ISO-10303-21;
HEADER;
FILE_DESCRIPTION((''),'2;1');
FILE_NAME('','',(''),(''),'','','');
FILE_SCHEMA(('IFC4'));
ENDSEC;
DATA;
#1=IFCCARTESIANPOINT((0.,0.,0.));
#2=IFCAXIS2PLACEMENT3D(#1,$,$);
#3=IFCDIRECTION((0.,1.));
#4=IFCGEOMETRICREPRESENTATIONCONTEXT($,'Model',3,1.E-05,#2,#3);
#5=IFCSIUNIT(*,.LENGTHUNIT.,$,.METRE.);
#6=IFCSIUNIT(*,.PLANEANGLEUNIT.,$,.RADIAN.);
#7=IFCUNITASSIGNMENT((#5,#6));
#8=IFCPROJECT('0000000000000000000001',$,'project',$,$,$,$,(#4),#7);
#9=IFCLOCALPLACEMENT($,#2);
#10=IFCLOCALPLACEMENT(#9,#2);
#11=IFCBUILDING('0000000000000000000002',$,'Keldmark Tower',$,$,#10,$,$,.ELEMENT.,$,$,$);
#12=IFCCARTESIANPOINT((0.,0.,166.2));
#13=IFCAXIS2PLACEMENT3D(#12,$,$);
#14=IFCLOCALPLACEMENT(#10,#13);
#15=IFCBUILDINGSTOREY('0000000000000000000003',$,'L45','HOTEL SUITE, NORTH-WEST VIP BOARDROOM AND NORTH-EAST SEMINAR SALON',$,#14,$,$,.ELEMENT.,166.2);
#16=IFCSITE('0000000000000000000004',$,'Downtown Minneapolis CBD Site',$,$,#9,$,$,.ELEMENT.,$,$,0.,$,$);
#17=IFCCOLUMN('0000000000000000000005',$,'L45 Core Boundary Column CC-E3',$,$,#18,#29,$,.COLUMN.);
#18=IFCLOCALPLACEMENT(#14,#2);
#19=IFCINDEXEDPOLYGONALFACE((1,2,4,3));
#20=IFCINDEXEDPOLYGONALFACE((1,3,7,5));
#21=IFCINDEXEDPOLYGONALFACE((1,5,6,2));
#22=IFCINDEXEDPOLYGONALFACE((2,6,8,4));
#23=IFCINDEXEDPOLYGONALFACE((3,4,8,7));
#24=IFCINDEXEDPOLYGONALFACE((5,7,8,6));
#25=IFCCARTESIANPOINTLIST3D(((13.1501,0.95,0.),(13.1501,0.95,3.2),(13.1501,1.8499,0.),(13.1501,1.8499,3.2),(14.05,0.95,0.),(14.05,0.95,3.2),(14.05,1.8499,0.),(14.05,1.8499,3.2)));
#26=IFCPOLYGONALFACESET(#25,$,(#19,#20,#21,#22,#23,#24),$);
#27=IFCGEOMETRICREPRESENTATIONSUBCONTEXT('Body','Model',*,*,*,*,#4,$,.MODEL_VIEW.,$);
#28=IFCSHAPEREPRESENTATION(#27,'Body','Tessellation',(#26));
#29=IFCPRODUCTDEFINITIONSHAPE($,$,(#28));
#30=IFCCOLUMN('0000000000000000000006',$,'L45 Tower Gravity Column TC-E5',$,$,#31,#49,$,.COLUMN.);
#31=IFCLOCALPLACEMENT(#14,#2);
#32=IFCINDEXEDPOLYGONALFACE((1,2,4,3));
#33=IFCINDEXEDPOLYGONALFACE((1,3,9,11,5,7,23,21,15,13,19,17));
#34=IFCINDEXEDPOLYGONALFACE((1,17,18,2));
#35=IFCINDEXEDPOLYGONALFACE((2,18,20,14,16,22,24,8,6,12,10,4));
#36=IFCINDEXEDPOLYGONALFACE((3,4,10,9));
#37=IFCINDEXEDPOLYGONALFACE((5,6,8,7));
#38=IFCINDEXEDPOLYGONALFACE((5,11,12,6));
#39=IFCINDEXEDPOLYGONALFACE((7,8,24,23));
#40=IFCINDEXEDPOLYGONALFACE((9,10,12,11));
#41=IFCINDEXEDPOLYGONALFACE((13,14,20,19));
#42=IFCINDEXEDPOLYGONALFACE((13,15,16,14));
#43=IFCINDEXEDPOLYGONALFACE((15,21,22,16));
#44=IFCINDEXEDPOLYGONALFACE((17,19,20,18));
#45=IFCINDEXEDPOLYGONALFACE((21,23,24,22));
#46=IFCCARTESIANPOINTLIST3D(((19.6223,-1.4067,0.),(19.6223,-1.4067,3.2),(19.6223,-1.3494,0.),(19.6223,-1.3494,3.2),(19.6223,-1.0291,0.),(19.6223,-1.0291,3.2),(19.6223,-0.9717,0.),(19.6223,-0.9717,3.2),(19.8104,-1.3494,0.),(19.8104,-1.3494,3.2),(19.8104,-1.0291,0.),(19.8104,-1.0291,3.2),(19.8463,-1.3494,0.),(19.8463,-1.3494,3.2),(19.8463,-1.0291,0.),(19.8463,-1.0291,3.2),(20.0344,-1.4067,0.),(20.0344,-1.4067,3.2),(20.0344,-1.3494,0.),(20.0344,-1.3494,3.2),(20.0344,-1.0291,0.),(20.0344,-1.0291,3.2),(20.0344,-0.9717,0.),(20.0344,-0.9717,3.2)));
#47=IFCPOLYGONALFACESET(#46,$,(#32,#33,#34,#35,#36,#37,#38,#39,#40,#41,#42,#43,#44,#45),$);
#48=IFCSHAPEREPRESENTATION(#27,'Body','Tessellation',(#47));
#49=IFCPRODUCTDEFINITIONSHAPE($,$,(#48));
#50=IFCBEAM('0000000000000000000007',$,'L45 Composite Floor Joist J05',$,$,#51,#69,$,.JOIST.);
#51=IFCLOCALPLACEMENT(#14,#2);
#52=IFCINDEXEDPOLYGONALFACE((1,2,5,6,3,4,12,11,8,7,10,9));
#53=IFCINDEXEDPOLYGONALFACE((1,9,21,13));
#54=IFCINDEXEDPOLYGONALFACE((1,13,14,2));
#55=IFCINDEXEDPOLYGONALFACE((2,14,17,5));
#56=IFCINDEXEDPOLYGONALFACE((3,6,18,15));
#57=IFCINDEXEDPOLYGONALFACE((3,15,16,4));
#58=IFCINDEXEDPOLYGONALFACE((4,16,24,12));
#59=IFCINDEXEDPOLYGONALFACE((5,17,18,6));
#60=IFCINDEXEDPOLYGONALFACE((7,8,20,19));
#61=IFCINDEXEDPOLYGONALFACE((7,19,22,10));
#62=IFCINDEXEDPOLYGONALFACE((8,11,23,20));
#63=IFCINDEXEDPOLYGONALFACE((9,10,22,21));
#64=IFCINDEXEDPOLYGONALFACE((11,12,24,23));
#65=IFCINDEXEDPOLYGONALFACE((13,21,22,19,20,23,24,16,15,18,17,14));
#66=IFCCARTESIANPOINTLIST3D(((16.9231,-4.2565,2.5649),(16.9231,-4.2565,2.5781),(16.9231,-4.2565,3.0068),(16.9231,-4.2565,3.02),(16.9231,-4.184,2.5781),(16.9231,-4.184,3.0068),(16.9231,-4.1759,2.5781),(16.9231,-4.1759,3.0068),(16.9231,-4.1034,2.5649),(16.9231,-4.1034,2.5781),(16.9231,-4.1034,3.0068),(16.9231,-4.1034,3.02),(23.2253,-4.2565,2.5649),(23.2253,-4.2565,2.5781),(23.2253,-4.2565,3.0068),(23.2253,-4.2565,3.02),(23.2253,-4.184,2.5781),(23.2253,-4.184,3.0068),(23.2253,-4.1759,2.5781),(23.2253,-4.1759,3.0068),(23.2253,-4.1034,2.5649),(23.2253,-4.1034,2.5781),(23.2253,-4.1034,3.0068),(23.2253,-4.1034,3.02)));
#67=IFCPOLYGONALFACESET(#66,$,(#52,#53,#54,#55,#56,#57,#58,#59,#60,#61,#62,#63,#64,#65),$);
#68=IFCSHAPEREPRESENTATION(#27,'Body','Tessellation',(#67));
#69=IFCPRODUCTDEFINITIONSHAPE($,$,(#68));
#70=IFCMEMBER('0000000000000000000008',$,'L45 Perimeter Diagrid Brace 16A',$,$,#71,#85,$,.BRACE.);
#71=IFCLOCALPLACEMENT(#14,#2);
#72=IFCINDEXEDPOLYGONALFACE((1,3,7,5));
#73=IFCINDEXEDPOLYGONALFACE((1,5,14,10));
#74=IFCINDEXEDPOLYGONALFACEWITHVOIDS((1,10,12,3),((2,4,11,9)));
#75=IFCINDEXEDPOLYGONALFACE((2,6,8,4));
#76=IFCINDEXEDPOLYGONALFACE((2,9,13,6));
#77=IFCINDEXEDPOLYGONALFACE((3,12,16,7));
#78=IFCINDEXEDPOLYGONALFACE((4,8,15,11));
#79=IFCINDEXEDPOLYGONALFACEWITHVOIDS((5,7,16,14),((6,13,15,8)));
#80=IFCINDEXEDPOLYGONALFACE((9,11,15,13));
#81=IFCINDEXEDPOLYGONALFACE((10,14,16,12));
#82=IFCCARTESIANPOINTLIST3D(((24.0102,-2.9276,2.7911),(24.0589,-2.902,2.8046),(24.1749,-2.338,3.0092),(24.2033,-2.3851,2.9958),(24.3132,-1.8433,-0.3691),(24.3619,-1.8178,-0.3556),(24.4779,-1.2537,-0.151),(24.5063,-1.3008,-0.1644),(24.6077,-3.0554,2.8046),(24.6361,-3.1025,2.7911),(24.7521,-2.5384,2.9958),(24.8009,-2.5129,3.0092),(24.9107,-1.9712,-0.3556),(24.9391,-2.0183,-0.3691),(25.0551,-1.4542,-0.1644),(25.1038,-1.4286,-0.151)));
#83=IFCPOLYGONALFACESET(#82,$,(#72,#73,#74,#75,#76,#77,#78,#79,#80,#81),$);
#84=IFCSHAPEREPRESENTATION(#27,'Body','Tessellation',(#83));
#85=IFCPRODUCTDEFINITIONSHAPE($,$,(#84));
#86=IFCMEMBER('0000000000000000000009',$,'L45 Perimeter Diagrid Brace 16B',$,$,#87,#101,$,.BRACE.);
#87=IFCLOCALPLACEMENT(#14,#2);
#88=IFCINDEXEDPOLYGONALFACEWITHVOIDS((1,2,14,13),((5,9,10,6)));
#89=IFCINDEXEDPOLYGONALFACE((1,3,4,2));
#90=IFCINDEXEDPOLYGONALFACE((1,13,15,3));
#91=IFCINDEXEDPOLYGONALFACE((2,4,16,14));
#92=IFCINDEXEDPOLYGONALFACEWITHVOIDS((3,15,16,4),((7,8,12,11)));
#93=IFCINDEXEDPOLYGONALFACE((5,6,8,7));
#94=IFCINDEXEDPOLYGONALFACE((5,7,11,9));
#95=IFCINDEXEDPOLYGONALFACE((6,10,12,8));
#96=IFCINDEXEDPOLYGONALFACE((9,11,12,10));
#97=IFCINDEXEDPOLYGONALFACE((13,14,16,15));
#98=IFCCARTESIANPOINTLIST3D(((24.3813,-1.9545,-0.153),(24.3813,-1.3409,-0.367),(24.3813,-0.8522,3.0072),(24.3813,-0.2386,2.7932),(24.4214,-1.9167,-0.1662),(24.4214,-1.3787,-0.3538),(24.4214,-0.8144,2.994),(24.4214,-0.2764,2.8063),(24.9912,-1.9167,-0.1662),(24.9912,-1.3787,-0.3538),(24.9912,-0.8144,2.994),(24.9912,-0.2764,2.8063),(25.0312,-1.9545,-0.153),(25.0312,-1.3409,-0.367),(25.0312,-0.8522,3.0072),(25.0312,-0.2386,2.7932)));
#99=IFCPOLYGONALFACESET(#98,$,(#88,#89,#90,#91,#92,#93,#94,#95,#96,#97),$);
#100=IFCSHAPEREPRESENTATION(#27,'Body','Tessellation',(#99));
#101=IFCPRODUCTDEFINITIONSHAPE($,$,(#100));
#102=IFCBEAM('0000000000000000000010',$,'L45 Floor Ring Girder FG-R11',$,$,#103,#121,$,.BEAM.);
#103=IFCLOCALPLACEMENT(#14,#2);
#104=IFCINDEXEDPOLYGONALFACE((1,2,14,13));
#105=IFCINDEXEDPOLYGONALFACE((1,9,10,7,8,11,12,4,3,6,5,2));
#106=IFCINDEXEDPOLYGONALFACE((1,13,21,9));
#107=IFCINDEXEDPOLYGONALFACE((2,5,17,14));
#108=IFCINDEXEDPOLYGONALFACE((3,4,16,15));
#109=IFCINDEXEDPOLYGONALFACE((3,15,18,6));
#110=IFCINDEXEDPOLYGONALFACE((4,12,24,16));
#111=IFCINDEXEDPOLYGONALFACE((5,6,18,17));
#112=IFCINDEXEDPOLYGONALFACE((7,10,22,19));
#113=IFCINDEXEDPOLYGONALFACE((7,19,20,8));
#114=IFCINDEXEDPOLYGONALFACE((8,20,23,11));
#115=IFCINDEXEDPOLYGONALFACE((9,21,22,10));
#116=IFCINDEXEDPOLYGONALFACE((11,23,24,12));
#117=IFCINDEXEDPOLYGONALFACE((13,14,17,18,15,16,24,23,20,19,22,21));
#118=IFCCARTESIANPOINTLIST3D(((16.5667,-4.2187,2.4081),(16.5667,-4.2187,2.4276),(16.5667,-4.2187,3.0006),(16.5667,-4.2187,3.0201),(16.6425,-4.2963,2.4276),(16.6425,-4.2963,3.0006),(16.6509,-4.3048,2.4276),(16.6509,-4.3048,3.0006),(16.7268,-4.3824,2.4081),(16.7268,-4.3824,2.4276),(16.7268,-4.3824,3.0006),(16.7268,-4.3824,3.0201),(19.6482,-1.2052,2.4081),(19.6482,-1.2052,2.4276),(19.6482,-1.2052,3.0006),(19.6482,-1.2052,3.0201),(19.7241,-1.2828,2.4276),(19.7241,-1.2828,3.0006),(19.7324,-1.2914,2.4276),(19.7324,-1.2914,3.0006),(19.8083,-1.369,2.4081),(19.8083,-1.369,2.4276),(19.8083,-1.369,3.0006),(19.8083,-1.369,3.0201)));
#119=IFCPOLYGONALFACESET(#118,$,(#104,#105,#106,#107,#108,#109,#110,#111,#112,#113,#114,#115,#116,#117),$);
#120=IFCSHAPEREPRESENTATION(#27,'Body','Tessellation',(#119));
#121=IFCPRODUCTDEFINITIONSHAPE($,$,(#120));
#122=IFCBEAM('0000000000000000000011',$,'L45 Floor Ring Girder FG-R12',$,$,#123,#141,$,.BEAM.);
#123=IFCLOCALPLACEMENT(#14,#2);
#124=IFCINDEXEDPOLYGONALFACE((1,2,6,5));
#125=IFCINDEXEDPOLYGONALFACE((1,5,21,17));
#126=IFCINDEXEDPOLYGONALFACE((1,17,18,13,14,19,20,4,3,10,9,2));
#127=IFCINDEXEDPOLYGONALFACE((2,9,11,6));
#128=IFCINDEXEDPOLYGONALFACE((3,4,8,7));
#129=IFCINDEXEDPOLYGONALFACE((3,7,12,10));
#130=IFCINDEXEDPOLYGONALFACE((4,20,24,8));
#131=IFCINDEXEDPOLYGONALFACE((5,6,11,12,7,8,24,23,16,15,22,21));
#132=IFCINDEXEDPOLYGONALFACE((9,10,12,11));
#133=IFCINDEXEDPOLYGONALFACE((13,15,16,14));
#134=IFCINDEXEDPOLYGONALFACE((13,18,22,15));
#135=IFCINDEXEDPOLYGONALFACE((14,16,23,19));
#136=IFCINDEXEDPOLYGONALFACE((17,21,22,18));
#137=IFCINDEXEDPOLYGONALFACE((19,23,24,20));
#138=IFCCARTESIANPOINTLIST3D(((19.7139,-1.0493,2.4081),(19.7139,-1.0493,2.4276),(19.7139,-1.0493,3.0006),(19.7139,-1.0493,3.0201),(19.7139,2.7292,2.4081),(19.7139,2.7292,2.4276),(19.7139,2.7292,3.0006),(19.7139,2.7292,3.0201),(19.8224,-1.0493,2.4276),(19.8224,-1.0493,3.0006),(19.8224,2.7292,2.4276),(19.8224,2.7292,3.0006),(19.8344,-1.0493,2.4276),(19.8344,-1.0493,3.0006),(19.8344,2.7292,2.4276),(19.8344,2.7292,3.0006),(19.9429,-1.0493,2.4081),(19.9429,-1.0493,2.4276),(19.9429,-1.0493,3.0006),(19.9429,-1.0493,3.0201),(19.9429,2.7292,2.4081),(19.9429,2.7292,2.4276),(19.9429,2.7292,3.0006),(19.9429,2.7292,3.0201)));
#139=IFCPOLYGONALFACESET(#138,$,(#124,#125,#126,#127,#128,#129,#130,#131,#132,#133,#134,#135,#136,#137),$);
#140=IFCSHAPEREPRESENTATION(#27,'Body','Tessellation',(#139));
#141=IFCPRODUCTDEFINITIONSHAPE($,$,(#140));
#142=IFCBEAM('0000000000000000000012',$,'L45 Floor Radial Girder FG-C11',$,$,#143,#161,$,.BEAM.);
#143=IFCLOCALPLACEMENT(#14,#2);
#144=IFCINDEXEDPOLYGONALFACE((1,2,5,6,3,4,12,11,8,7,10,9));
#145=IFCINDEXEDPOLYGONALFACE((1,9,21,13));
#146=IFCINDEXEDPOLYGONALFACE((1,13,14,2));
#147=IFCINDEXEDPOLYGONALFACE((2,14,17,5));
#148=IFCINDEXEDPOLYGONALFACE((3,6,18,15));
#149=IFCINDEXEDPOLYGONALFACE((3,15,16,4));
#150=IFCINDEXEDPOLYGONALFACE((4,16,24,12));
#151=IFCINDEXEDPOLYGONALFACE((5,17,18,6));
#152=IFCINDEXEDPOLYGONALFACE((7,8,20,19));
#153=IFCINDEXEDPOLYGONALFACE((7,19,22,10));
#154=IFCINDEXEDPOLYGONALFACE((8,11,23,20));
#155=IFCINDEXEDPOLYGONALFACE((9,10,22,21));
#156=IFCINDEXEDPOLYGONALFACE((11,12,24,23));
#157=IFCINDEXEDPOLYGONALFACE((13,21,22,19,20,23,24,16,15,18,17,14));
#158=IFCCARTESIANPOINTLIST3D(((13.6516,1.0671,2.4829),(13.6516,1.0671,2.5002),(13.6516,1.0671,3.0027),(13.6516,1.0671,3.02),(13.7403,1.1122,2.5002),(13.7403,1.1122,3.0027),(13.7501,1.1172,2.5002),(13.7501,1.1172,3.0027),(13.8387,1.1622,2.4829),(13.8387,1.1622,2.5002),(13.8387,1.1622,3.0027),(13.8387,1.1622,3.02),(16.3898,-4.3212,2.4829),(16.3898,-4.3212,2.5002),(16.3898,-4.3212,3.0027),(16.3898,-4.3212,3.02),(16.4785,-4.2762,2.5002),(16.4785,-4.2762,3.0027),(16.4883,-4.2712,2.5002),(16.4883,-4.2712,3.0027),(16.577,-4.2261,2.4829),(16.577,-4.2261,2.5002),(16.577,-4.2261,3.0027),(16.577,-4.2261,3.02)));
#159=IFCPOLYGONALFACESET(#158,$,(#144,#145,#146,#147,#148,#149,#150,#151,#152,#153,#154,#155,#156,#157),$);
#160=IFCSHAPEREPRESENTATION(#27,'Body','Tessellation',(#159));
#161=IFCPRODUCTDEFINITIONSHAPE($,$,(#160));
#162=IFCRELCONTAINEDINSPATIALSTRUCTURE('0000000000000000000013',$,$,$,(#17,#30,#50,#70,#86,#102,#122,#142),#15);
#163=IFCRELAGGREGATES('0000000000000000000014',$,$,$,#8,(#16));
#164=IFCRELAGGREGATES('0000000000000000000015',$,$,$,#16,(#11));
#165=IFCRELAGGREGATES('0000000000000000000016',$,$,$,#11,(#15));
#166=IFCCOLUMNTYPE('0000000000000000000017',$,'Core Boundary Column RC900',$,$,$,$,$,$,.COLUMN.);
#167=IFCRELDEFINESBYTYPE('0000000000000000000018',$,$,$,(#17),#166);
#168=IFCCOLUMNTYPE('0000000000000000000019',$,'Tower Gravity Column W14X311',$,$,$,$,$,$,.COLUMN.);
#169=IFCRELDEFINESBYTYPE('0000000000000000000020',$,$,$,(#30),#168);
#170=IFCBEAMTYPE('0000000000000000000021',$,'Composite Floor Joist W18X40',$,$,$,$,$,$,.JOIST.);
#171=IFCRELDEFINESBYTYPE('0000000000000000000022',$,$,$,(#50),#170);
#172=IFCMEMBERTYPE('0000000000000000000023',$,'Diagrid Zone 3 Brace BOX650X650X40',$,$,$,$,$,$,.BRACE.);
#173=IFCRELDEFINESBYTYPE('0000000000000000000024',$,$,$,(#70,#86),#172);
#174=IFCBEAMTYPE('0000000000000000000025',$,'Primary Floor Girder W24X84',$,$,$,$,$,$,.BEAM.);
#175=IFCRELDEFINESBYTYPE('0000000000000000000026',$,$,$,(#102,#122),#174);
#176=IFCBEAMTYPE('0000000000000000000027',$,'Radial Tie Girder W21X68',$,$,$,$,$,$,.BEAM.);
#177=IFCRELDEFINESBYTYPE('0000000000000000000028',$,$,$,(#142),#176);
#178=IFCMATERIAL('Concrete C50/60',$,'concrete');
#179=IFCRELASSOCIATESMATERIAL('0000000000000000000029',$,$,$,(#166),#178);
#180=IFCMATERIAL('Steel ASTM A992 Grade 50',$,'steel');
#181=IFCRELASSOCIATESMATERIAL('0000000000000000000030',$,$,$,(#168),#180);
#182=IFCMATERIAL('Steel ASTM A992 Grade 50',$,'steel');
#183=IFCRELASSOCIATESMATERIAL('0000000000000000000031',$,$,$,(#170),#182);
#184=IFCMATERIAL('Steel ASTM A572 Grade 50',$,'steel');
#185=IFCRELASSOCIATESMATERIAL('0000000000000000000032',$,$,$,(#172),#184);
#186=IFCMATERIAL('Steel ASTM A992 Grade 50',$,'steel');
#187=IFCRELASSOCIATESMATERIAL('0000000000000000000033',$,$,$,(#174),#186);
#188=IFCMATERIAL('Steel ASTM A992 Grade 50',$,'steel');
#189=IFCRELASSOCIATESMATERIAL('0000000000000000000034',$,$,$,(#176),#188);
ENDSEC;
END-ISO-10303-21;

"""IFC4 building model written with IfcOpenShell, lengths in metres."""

from ifc_helpers import new_model, si_unit, direction, frame, origin, origin_2d, place, context, subcontext, project, spatial, rectangle, hollow_rectangle, i_section, extrude, material, material_profile, profile_set, type_object, element, save


model = new_model("IFC4")

# Units and contexts
model_context = context("Model", 3, precision=1e-05, world=origin(), true_north=direction((0.0, 1.0)))
body_context = subcontext(model_context, "Body", "Model", "MODEL_VIEW")
ifc_project = project(units=[si_unit("LENGTHUNIT", "METRE"), si_unit("PLANEANGLEUNIT", "RADIAN")], contexts=[model_context])

# Site, building, storey
site_placement = place(None, origin())
site = spatial("IfcSite", under=ifc_project, at=site_placement, Name="Downtown Minneapolis CBD Site", CompositionType="ELEMENT", RefElevation=0.0)
building_placement = place(site_placement, origin())
building = spatial("IfcBuilding", under=site, at=building_placement, Name="Keldmark Tower", CompositionType="ELEMENT")
storey_placement = place(building_placement, frame((0.0, 0.0, 166.2)))
storey = spatial("IfcBuildingStorey", under=building, at=storey_placement, Name="L45", Description="HOTEL SUITE, NORTH-WEST VIP BOARDROOM AND NORTH-EAST SEMINAR SALON", CompositionType="ELEMENT", Elevation=166.2)

# Columns
ifc_material_1 = material(Name="Concrete C50/60", Category="concrete")
ifc_material_profile_1 = material_profile(ifc_material_1, rectangle(XDim=0.8999, YDim=0.8999, at=origin_2d()), Name="RC900X900")
ifc_profile_set_1 = profile_set([ifc_material_profile_1], Name="Concrete C50/60")
column_type_1 = type_object("IfcColumnType", Name="Core Boundary Column RC900", PredefinedType="COLUMN", material=ifc_profile_set_1)
column_1_placement = place(storey_placement, frame((13.6001, 1.3999, 0.0), z_axis=(0.0, 0.0, 1.0), x_axis=(1.0, 0.0, 0.0)))
element("IfcColumn", 1, at=column_1_placement, inside=storey, type_object=column_type_1, Name="L45 Core Boundary Column CC-E3", PredefinedType="COLUMN", context=body_context, shape_type="SweptSolid", body=[
    extrude(rectangle(XDim=0.8999, YDim=0.8999, at=origin_2d()), origin(), (0.0, 0.0, 1.0), 3.2),
])
ifc_material_2 = material(Name="Steel ASTM A992 Grade 50", Category="steel")
ifc_material_profile_2 = material_profile(ifc_material_2, i_section(OverallWidth=0.4121, OverallDepth=0.4351, WebThickness=0.0359, FlangeThickness=0.0574, at=origin_2d()), Name="W14X311")
ifc_profile_set_2 = profile_set([ifc_material_profile_2], Name="Steel ASTM A992 Grade 50")
column_type_2 = type_object("IfcColumnType", Name="Tower Gravity Column W14X311", PredefinedType="COLUMN", material=ifc_profile_set_2)
column_2_placement = place(storey_placement, frame((19.8284, -1.1892, 0.0), z_axis=(0.0, 0.0, 1.0), x_axis=(1.0, 0.0, 0.0)))
element("IfcColumn", 2, at=column_2_placement, inside=storey, type_object=column_type_2, Name="L45 Tower Gravity Column TC-E5", PredefinedType="COLUMN", context=body_context, shape_type="SweptSolid", body=[
    extrude(i_section(OverallWidth=0.4121, OverallDepth=0.4351, WebThickness=0.0359, FlangeThickness=0.0574, at=origin_2d()), origin(), (0.0, 0.0, 1.0), 3.2),
])

# Beam
ifc_material_3 = material(Name="Steel ASTM A992 Grade 50", Category="steel")
ifc_material_profile_3 = material_profile(ifc_material_3, i_section(OverallWidth=0.1531, OverallDepth=0.4551, WebThickness=0.0081, FlangeThickness=0.0132, at=origin_2d()), Name="W18X40")
ifc_profile_set_3 = profile_set([ifc_material_profile_3], Name="Steel ASTM A992 Grade 50")
beam_type_1 = type_object("IfcBeamType", Name="Composite Floor Joist W18X40", PredefinedType="JOIST", material=ifc_profile_set_3)
beam_1_placement = place(storey_placement, frame((16.9231, -4.1799, 2.7925), z_axis=(1.0, 0.0, 0.0), x_axis=(0.0, 1.0, 0.0)))
element("IfcBeam", 3, at=beam_1_placement, inside=storey, type_object=beam_type_1, Name="L45 Composite Floor Joist J05", PredefinedType="JOIST", context=body_context, shape_type="SweptSolid", body=[
    extrude(i_section(OverallWidth=0.1531, OverallDepth=0.4551, WebThickness=0.0081, FlangeThickness=0.0132, at=origin_2d()), origin(), (0.0, 0.0, 1.0), 6.3022),
])

# Members
ifc_material_4 = material(Name="Steel ASTM A572 Grade 50", Category="steel")
ifc_material_profile_4 = material_profile(ifc_material_4, hollow_rectangle(XDim=0.6499, YDim=0.6499, WallThickness=0.04, at=origin_2d()), Name="BOX650X650X40")
ifc_profile_set_4 = profile_set([ifc_material_profile_4], Name="Steel ASTM A572 Grade 50")
member_type = type_object("IfcMemberType", Name="Diagrid Zone 3 Brace BOX650X650X40", PredefinedType="BRACE", material=ifc_profile_set_4)
member_1_placement = place(storey_placement, frame((24.7085, -1.636, -0.26), z_axis=(-0.090315, -0.323198, 0.942012), x_axis=(0.963104, -0.269131, 0.0)))
element("IfcMember", 4, at=member_1_placement, inside=storey, type_object=member_type, Name="L45 Perimeter Diagrid Brace 16A", PredefinedType="BRACE", context=body_context, shape_type="SweptSolid", body=[
    extrude(hollow_rectangle(XDim=0.6499, YDim=0.6499, WallThickness=0.04, at=origin_2d()), origin(), (0.0, 0.0, 1.0), 3.3547),
])
member_2_placement = place(storey_placement, frame((24.7063, -1.6477, -0.26), z_axis=(0.0, 0.329349, 0.944208), x_axis=(-1.0, 0.0, 0.0)))
element("IfcMember", 5, at=member_2_placement, inside=storey, type_object=member_type, Name="L45 Perimeter Diagrid Brace 16B", PredefinedType="BRACE", context=body_context, shape_type="SweptSolid", body=[
    extrude(hollow_rectangle(XDim=0.6499, YDim=0.6499, WallThickness=0.04, at=origin_2d()), origin(), (0.0, 0.0, 1.0), 3.3469),
])

# Beams
ifc_material_5 = material(Name="Steel ASTM A992 Grade 50", Category="steel")
ifc_material_profile_5 = material_profile(ifc_material_5, i_section(OverallWidth=0.229, OverallDepth=0.6121, WebThickness=0.012, FlangeThickness=0.0195, at=origin_2d()), Name="W24X84")
ifc_profile_set_5 = profile_set([ifc_material_profile_5], Name="Steel ASTM A992 Grade 50")
beam_type_2 = type_object("IfcBeamType", Name="Primary Floor Girder W24X84", PredefinedType="BEAM", material=ifc_profile_set_5)
beam_2_placement = place(storey_placement, frame((16.6467, -4.3005, 2.7141), z_axis=(0.714965, 0.699161, 0.0), x_axis=(-0.699161, 0.714965, 0.0)))
element("IfcBeam", 6, at=beam_2_placement, inside=storey, type_object=beam_type_2, Name="L45 Floor Ring Girder FG-R11", PredefinedType="BEAM", context=body_context, shape_type="SweptSolid", body=[
    extrude(i_section(OverallWidth=0.229, OverallDepth=0.6121, WebThickness=0.012, FlangeThickness=0.0195, at=origin_2d()), origin(), (0.0, 0.0, 1.0), 4.3101),
])
beam_3_placement = place(storey_placement, frame((19.8284, -1.0493, 2.7141), z_axis=(0.0, 1.0, 0.0), x_axis=(-1.0, 0.0, 0.0)))
element("IfcBeam", 7, at=beam_3_placement, inside=storey, type_object=beam_type_2, Name="L45 Floor Ring Girder FG-R12", PredefinedType="BEAM", context=body_context, shape_type="SweptSolid", body=[
    extrude(i_section(OverallWidth=0.229, OverallDepth=0.6121, WebThickness=0.012, FlangeThickness=0.0195, at=origin_2d()), origin(), (0.0, 0.0, 1.0), 3.7786),
])
ifc_material_6 = material(Name="Steel ASTM A992 Grade 50", Category="steel")
ifc_material_profile_6 = material_profile(ifc_material_6, i_section(OverallWidth=0.21, OverallDepth=0.5371, WebThickness=0.011, FlangeThickness=0.0173, at=origin_2d()), Name="W21X68")
ifc_profile_set_6 = profile_set([ifc_material_profile_6], Name="Steel ASTM A992 Grade 50")
beam_type_3 = type_object("IfcBeamType", Name="Radial Tie Girder W21X68", PredefinedType="BEAM", material=ifc_profile_set_6)
beam_4_placement = place(storey_placement, frame((16.4834, -4.2737, 2.7515), z_axis=(-0.453037, 0.891492, 0.0), x_axis=(-0.891492, -0.453037, 0.0)))
element("IfcBeam", 8, at=beam_4_placement, inside=storey, type_object=beam_type_3, Name="L45 Floor Radial Girder FG-C11", PredefinedType="BEAM", context=body_context, shape_type="SweptSolid", body=[
    extrude(i_section(OverallWidth=0.21, OverallDepth=0.5371, WebThickness=0.011, FlangeThickness=0.0173, at=origin_2d()), origin(), (0.0, 0.0, 1.0), 6.0442),
])

save(model, "model.ifc")
